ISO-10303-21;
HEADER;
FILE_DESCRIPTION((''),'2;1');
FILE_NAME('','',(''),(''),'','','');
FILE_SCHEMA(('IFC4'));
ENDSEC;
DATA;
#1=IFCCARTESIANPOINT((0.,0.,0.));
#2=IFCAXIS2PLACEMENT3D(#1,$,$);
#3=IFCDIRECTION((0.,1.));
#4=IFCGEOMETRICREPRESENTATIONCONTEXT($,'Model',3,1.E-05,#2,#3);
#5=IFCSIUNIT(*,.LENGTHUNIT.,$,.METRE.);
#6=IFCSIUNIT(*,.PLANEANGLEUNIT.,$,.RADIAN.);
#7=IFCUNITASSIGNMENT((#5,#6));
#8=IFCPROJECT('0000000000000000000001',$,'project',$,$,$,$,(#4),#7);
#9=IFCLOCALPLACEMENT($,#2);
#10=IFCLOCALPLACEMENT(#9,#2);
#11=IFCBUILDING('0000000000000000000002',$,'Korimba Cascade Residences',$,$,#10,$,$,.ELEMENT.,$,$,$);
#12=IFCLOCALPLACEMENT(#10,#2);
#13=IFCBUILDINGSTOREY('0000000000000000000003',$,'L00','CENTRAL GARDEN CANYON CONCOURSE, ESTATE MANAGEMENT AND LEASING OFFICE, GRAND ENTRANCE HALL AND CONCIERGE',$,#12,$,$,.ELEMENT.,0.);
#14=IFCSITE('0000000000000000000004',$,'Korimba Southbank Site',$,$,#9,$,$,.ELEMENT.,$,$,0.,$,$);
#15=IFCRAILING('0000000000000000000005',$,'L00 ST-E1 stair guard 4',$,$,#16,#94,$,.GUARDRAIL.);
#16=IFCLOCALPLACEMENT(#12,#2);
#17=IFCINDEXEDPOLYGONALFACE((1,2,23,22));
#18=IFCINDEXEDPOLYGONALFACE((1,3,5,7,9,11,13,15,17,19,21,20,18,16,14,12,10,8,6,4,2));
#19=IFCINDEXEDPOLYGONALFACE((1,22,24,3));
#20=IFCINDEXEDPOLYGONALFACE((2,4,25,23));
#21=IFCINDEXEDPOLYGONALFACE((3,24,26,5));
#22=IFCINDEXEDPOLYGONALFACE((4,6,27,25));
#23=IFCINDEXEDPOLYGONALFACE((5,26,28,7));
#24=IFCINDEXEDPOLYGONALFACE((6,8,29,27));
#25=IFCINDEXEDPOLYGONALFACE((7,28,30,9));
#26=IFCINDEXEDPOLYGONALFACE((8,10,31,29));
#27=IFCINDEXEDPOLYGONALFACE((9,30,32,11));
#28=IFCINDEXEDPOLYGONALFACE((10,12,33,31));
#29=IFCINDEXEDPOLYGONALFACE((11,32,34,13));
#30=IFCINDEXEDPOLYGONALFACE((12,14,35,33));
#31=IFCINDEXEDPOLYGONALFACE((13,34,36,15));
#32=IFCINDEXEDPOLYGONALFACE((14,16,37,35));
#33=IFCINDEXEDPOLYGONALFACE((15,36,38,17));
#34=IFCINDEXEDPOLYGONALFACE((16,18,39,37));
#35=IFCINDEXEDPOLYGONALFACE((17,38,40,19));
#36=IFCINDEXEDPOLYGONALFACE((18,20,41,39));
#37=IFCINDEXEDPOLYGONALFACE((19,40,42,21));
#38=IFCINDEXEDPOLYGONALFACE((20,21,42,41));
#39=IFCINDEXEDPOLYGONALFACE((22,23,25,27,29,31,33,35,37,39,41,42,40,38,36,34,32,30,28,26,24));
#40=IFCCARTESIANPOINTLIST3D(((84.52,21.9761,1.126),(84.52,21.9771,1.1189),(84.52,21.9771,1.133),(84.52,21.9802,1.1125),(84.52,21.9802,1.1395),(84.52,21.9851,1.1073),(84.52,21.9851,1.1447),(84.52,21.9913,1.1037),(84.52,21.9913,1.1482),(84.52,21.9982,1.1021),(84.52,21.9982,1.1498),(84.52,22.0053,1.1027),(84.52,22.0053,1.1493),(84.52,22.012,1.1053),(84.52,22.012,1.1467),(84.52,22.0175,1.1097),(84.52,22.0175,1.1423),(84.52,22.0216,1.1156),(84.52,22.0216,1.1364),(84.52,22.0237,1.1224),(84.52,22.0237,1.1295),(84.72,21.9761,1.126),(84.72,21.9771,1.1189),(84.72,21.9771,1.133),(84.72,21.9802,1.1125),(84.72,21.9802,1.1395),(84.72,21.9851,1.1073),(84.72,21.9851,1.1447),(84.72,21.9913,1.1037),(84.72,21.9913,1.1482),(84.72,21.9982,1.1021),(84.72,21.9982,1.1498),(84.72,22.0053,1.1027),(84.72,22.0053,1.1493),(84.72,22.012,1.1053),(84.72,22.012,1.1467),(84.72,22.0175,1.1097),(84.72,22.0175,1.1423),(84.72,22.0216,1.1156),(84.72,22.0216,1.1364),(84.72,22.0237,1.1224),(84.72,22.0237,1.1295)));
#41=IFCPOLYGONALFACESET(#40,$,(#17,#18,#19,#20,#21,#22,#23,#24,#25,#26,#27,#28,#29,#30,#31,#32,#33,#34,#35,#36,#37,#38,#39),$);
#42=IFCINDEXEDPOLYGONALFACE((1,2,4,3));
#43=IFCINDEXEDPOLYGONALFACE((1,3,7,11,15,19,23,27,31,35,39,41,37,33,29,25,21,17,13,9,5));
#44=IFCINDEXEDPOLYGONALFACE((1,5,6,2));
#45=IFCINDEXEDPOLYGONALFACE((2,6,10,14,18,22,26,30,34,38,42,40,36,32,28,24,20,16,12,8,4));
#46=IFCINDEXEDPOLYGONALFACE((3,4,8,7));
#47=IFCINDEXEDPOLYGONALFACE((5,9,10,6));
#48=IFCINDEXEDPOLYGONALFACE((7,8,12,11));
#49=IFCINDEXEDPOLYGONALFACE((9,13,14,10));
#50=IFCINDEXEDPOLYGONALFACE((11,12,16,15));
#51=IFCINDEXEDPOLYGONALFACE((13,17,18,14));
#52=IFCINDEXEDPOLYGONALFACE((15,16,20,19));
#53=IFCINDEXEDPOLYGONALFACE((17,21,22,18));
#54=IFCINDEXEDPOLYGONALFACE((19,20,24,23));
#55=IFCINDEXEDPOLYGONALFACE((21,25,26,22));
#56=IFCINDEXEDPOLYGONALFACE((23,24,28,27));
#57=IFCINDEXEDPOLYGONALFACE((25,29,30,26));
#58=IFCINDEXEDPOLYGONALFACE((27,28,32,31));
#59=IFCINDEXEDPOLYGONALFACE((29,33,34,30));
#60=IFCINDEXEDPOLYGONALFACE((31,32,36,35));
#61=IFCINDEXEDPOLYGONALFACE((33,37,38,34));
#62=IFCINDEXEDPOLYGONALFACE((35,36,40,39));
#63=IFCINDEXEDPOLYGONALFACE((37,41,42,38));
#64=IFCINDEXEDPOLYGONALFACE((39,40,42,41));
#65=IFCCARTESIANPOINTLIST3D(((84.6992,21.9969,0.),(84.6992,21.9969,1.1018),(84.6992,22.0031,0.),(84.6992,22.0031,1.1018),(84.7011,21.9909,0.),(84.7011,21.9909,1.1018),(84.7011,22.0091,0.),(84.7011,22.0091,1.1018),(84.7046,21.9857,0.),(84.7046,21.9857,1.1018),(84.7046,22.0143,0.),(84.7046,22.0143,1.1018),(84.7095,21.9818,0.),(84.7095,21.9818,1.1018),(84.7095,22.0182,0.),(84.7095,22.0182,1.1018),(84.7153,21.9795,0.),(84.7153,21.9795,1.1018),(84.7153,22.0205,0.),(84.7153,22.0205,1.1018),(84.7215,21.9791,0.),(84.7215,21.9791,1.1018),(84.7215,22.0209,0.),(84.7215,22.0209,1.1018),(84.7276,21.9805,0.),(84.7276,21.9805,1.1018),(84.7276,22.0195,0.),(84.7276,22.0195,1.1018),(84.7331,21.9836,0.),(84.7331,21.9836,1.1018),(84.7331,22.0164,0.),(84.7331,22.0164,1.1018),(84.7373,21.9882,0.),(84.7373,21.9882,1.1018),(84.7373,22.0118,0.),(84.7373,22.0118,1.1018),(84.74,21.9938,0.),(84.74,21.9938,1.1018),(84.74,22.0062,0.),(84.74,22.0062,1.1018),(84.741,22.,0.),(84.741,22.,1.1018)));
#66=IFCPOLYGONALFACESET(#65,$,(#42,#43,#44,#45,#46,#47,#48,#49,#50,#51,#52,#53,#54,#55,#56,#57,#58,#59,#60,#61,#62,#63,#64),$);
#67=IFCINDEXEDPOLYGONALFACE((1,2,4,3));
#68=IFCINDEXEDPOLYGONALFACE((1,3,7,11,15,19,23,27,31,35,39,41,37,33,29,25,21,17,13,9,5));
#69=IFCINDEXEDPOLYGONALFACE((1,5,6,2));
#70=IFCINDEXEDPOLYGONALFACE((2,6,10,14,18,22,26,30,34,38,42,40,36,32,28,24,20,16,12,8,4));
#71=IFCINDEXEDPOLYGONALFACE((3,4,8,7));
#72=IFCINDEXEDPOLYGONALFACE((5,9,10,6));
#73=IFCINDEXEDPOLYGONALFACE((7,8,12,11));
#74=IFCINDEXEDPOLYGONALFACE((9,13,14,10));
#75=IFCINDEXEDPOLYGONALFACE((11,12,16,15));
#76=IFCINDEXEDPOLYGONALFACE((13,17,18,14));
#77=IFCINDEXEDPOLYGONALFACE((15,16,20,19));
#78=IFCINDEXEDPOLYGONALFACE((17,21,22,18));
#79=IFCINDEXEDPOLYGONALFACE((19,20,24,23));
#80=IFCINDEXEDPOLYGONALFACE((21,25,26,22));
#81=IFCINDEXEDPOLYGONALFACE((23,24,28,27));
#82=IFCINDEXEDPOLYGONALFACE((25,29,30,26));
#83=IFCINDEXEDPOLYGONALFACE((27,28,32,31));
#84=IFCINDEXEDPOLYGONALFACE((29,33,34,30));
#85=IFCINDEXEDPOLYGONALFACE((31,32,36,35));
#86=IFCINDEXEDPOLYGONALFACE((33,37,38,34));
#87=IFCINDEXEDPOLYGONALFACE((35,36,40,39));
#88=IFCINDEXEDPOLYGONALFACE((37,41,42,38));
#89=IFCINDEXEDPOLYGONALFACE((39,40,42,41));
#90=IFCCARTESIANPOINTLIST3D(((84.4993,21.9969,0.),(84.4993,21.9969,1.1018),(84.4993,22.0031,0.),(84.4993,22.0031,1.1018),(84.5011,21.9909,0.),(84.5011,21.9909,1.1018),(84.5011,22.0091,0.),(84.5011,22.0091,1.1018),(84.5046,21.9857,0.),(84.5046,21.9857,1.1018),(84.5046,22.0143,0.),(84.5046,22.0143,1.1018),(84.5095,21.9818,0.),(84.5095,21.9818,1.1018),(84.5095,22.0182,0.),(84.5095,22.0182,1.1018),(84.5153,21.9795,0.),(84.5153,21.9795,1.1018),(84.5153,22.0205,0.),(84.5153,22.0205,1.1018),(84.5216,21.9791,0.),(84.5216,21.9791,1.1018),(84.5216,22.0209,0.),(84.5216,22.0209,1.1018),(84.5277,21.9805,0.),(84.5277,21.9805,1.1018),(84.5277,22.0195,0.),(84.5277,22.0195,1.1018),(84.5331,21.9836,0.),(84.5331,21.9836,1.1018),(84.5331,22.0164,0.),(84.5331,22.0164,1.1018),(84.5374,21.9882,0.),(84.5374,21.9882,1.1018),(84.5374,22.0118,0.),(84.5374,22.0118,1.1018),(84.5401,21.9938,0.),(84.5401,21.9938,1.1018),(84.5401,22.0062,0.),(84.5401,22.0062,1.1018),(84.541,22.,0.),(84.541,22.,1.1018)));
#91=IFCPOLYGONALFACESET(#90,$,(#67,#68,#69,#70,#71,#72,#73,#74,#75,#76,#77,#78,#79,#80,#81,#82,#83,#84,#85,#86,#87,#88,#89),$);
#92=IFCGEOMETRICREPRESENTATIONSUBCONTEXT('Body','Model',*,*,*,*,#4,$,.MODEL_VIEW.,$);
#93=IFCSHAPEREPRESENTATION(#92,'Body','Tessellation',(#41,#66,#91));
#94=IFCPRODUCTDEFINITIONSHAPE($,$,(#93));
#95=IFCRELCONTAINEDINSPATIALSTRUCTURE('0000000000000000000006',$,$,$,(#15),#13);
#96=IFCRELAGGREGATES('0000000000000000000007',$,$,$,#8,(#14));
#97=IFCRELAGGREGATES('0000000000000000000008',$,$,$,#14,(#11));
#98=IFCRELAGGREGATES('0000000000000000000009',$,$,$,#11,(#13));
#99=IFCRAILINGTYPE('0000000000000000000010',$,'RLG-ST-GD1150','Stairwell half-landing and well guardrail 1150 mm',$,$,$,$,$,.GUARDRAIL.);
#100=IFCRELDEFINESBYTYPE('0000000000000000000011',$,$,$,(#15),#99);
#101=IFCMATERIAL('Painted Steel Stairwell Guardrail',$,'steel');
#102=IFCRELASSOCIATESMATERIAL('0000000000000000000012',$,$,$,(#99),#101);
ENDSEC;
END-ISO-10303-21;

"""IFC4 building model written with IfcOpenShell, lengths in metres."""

from ifc_helpers import new_model, si_unit, direction, frame, origin, origin_2d, place, context, subcontext, project, spatial, circle, extrude, material, type_object, element, save


model = new_model("IFC4")

# Units and contexts
model_context = context("Model", 3, precision=1e-05, world=origin(), true_north=direction((0.0, 1.0)))
body_context = subcontext(model_context, "Body", "Model", "MODEL_VIEW")
ifc_project = project(units=[si_unit("LENGTHUNIT", "METRE"), si_unit("PLANEANGLEUNIT", "RADIAN")], contexts=[model_context])

# Site, building, storey
site_placement = place(None, origin())
site = spatial("IfcSite", under=ifc_project, at=site_placement, Name="Korimba Southbank Site", CompositionType="ELEMENT", RefElevation=0.0)
building_placement = place(site_placement, origin())
building = spatial("IfcBuilding", under=site, at=building_placement, Name="Korimba Cascade Residences", CompositionType="ELEMENT")
storey_placement = place(building_placement, origin())
storey = spatial("IfcBuildingStorey", under=building, at=storey_placement, Name="L00", Description="CENTRAL GARDEN CANYON CONCOURSE, ESTATE MANAGEMENT AND LEASING OFFICE, GRAND ENTRANCE HALL AND CONCIERGE", CompositionType="ELEMENT", Elevation=0.0)

# Railing
ifc_material_1 = material(Name="Painted Steel Stairwell Guardrail", Category="steel")
railing_type_1 = type_object("IfcRailingType", Name="RLG-ST-GD1150", Description="Stairwell half-landing and well guardrail 1150 mm", PredefinedType="GUARDRAIL", material=ifc_material_1)
railing_1_placement = place(storey_placement, frame((84.72, 22.0, 0.0)))
element("IfcRailing", 1, at=railing_1_placement, inside=storey, type_object=railing_type_1, Name="L00 ST-E1 stair guard 4", PredefinedType="GUARDRAIL", context=body_context, shape_type="SweptSolid", body=[
    extrude(circle(Radius=0.0239, at=origin_2d()), frame((0.0, 0.0, 1.126), z_axis=(-1.0, 0.0, 0.0), x_axis=(0.0, -1.0, 0.0)), (0.0, 0.0, 1.0), 0.2),
    extrude(circle(Radius=0.021, at=origin_2d()), origin(), (0.0, 0.0, 1.0), 1.1018),
    extrude(circle(Radius=0.021, at=origin_2d()), frame((-0.2, 0.0, 0.0)), (0.0, 0.0, 1.0), 1.1018),
])

save(model, "model.ifc")
